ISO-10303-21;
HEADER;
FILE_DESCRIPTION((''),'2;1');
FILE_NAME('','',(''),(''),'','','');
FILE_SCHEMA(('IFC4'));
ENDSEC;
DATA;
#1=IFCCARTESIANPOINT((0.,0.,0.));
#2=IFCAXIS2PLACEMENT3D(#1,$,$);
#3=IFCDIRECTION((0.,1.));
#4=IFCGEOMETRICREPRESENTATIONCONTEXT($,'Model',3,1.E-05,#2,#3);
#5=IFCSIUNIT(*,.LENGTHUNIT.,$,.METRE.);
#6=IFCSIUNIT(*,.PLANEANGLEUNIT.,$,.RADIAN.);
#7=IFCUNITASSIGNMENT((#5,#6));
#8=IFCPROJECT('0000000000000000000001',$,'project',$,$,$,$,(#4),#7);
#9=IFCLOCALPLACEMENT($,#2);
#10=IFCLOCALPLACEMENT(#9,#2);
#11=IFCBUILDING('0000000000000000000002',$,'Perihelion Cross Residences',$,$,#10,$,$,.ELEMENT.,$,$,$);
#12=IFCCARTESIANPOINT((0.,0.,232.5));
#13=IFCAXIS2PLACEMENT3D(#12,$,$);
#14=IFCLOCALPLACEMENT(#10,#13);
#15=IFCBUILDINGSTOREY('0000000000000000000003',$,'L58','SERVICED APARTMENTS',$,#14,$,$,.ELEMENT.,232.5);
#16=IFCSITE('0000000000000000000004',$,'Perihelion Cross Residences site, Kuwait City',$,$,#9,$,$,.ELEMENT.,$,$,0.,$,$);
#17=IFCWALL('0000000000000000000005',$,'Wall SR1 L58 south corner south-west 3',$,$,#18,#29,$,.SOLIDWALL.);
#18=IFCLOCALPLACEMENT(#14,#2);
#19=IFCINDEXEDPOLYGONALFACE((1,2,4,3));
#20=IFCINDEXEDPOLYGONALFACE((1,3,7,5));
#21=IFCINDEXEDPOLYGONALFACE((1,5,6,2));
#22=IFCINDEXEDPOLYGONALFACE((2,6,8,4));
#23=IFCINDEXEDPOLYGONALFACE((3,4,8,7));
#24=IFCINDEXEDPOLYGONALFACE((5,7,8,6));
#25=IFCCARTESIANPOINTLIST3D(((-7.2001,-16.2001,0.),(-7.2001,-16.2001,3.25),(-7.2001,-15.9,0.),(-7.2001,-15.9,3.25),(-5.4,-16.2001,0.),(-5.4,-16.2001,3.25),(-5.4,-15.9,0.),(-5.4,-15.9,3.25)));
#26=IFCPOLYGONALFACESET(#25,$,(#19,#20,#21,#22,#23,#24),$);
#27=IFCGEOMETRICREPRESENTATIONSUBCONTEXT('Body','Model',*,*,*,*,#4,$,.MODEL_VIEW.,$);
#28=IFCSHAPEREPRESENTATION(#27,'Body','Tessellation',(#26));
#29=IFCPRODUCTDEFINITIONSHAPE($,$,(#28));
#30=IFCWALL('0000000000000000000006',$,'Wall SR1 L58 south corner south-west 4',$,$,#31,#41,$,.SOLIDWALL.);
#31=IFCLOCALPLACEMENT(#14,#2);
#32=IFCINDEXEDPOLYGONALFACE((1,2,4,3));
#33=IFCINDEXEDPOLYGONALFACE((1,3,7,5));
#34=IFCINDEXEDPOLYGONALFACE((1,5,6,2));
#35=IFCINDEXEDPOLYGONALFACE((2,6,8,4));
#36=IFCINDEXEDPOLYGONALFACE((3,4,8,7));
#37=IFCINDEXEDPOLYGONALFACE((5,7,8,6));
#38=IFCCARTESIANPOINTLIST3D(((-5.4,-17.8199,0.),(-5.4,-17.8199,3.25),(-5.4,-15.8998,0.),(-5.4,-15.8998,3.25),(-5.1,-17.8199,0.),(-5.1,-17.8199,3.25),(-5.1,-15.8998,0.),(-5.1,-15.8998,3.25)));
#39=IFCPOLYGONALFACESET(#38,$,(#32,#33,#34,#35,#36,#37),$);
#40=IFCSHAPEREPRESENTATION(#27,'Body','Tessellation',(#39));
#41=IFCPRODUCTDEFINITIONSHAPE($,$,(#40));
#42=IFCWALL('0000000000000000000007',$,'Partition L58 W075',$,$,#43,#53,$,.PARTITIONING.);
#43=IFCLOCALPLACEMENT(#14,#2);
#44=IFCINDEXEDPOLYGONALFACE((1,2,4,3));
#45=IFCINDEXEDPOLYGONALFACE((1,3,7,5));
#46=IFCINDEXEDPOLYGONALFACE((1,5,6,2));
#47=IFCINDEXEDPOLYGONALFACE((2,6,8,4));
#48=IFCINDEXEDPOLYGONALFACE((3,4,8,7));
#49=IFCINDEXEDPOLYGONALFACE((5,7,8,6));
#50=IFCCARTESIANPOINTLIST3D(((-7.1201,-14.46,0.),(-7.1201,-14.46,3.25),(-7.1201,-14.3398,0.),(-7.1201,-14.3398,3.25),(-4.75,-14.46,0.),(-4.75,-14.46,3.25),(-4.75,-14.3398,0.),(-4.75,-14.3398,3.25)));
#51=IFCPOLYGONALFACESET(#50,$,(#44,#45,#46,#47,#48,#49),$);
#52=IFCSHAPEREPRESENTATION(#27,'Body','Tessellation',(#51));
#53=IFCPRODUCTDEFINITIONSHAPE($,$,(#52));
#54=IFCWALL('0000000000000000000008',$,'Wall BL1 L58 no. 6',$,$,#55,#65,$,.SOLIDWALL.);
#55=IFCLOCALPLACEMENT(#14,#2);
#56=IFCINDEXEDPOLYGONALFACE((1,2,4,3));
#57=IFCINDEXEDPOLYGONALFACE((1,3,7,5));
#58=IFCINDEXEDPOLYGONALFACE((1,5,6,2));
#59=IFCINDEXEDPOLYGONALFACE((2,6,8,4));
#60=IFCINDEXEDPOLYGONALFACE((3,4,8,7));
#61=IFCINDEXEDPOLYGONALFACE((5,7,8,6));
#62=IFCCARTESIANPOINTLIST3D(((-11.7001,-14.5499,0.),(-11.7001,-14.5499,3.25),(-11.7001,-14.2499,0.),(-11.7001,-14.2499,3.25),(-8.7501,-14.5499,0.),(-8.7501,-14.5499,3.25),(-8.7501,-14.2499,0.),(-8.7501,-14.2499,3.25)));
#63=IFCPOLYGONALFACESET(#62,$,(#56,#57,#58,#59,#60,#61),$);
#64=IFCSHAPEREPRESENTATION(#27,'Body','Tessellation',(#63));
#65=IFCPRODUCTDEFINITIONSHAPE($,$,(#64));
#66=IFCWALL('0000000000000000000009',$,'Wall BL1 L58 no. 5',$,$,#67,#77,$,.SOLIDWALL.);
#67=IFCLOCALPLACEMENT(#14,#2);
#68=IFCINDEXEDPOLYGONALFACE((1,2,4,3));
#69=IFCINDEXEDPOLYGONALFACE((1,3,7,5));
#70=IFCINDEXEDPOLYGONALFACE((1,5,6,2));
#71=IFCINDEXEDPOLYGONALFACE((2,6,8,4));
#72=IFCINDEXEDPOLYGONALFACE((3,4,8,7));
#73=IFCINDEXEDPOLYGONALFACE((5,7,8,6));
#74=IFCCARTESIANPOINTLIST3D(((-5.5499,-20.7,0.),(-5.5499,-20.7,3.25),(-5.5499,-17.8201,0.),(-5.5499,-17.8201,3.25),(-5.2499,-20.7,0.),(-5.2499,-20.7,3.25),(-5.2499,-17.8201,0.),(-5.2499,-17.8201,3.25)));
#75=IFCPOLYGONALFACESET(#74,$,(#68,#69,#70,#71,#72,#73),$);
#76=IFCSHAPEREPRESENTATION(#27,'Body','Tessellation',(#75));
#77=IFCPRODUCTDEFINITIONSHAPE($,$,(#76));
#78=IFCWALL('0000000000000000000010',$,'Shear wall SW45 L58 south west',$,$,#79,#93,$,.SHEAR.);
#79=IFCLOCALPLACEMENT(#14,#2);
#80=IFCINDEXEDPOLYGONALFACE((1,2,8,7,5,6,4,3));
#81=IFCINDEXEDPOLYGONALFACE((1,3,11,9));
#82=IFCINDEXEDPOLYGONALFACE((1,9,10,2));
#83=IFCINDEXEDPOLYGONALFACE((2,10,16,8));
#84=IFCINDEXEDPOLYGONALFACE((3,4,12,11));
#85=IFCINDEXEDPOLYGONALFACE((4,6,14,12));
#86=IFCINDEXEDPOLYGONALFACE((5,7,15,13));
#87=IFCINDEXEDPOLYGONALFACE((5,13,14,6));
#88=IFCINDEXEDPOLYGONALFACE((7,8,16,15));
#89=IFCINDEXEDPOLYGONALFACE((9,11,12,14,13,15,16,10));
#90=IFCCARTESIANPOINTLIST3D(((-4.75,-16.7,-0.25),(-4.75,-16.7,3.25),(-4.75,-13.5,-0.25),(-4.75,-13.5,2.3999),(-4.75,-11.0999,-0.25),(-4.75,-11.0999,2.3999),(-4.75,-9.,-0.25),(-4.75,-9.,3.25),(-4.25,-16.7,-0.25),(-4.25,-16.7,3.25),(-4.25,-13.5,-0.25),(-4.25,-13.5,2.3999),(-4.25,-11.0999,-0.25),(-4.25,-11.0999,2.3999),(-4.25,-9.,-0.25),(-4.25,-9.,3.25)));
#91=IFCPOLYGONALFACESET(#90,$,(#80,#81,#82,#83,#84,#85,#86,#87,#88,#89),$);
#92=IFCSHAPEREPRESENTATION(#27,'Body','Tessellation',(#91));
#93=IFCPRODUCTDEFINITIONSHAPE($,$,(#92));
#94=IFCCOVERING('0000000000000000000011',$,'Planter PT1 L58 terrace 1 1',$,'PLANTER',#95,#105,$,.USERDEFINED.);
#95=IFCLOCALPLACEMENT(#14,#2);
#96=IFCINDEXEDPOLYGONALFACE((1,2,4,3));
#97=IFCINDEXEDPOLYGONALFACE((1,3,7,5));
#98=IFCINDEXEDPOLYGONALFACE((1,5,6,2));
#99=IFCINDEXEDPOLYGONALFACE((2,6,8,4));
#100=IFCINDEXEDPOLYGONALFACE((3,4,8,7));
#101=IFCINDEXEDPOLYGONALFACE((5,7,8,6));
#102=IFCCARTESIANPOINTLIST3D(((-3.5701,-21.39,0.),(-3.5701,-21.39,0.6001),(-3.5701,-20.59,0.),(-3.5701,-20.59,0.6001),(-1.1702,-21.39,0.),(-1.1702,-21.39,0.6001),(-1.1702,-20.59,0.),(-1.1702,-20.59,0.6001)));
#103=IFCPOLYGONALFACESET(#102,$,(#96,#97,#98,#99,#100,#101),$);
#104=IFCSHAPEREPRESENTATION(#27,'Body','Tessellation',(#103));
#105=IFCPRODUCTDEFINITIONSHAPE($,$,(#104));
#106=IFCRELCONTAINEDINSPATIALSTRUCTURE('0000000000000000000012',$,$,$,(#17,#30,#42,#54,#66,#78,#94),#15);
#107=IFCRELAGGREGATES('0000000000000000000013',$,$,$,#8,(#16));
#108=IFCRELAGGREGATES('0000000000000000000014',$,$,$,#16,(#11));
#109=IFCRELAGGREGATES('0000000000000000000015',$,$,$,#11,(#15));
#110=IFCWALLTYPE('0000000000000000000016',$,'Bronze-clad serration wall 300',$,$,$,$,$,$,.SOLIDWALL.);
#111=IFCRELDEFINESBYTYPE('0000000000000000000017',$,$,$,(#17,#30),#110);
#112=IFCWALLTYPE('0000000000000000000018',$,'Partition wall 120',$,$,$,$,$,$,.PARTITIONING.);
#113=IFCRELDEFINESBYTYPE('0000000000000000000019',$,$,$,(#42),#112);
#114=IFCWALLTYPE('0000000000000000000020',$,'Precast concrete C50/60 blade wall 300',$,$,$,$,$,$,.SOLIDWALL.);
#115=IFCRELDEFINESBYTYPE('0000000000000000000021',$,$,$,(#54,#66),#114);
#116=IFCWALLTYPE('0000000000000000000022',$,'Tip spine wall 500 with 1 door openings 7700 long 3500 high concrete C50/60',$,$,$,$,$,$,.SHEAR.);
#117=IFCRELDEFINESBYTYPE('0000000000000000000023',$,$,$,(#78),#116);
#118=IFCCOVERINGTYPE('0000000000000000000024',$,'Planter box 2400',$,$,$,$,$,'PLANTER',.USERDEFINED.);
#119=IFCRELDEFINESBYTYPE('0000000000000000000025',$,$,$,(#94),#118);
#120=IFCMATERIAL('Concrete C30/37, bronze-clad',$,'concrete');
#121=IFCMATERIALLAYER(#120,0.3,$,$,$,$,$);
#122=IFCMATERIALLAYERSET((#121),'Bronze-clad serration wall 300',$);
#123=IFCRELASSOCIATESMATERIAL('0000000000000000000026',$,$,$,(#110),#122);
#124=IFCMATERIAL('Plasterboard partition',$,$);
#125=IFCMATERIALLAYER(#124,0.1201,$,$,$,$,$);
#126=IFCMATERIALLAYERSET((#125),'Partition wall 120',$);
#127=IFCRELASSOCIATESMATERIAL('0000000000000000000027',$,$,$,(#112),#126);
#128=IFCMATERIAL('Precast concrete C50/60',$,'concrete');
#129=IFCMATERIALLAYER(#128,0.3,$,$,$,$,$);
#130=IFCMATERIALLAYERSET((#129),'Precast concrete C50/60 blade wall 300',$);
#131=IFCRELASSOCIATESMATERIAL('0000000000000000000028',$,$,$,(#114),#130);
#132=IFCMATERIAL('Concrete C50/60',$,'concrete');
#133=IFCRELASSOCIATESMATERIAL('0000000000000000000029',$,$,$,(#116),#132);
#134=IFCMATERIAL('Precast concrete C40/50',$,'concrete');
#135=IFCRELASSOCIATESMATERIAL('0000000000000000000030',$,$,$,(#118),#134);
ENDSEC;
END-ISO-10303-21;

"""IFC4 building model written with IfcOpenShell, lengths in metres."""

from ifc_helpers import new_model, si_unit, direction, frame, frame_2d, origin, origin_2d, place, context, subcontext, project, spatial, polyline, rectangle, outline, extrude, material, layer, layer_set, material_profile, profile_set, type_object, element, save


model = new_model("IFC4")

# Units and contexts
model_context = context("Model", 3, precision=1e-05, world=origin(), true_north=direction((0.0, 1.0)))
body_context = subcontext(model_context, "Body", "Model", "MODEL_VIEW")
ifc_project = project(units=[si_unit("LENGTHUNIT", "METRE"), si_unit("PLANEANGLEUNIT", "RADIAN")], contexts=[model_context])

# Site, building, storey
site_placement = place(None, origin())
site = spatial("IfcSite", under=ifc_project, at=site_placement, Name="Perihelion Cross Residences site, Kuwait City", CompositionType="ELEMENT", RefElevation=0.0)
building_placement = place(site_placement, origin())
building = spatial("IfcBuilding", under=site, at=building_placement, Name="Perihelion Cross Residences", CompositionType="ELEMENT")
storey_placement = place(building_placement, frame((0.0, 0.0, 232.5)))
storey = spatial("IfcBuildingStorey", under=building, at=storey_placement, Name="L58", Description="SERVICED APARTMENTS", CompositionType="ELEMENT", Elevation=232.5)

# Walls
ifc_material_1 = material(Name="Concrete C30/37, bronze-clad", Category="concrete")
ifc_layer_1 = layer(ifc_material_1, 0.3)
ifc_layer_set_1 = layer_set([ifc_layer_1], Name="Bronze-clad serration wall 300")
wall_type_1 = type_object("IfcWallType", Name="Bronze-clad serration wall 300", PredefinedType="SOLIDWALL", material=ifc_layer_set_1)
wall_1_placement = place(storey_placement, frame((-7.2, -16.05, 0.0), z_axis=(0.0, 0.0, 1.0), x_axis=(1.0, 0.0, 0.0)))
element("IfcWall", 1, at=wall_1_placement, inside=storey, type_object=wall_type_1, Name="Wall SR1 L58 south corner south-west 3", PredefinedType="SOLIDWALL", context=body_context, shape_type="SweptSolid", body=[
    extrude(rectangle(XDim=1.8, YDim=0.3, at=frame_2d((0.8999, 0.0))), origin(), (0.0, 0.0, 1.0), 3.25),
])
wall_2_placement = place(storey_placement, frame((-5.25, -15.8999, 0.0), z_axis=(0.0, 0.0, 1.0), x_axis=(0.0, -1.0, 0.0)))
element("IfcWall", 2, at=wall_2_placement, inside=storey, type_object=wall_type_1, Name="Wall SR1 L58 south corner south-west 4", PredefinedType="SOLIDWALL", context=body_context, shape_type="SweptSolid", body=[
    extrude(rectangle(XDim=1.9202, YDim=0.3, at=frame_2d((0.96, 0.0))), origin(), (0.0, 0.0, 1.0), 3.25),
])
ifc_material_2 = material(Name="Plasterboard partition")
ifc_layer_2 = layer(ifc_material_2, 0.1201)
ifc_layer_set_2 = layer_set([ifc_layer_2], Name="Partition wall 120")
wall_type_2 = type_object("IfcWallType", Name="Partition wall 120", PredefinedType="PARTITIONING", material=ifc_layer_set_2)
wall_3_placement = place(storey_placement, frame((-4.75, -14.3999, 0.0), z_axis=(0.0, 0.0, 1.0), x_axis=(-1.0, 0.0, 0.0)))
element("IfcWall", 3, at=wall_3_placement, inside=storey, type_object=wall_type_2, Name="Partition L58 W075", PredefinedType="PARTITIONING", context=body_context, shape_type="SweptSolid", body=[
    extrude(rectangle(XDim=2.3701, YDim=0.1201, at=frame_2d((1.1851, 0.0))), origin(), (0.0, 0.0, 1.0), 3.25),
])
ifc_material_3 = material(Name="Precast concrete C50/60", Category="concrete")
ifc_layer_3 = layer(ifc_material_3, 0.3)
ifc_layer_set_3 = layer_set([ifc_layer_3], Name="Precast concrete C50/60 blade wall 300")
wall_type_3 = type_object("IfcWallType", Name="Precast concrete C50/60 blade wall 300", PredefinedType="SOLIDWALL", material=ifc_layer_set_3)
wall_4_placement = place(storey_placement, frame((-8.75, -14.3999, 0.0), z_axis=(0.0, 0.0, 1.0), x_axis=(-1.0, 0.0, 0.0)))
element("IfcWall", 4, at=wall_4_placement, inside=storey, type_object=wall_type_3, Name="Wall BL1 L58 no. 6", PredefinedType="SOLIDWALL", context=body_context, shape_type="SweptSolid", body=[
    extrude(rectangle(XDim=2.95, YDim=0.3, at=frame_2d((1.4751, 0.0))), origin(), (0.0, 0.0, 1.0), 3.25),
])
wall_5_placement = place(storey_placement, frame((-5.3999, -17.8201, 0.0), z_axis=(0.0, 0.0, 1.0), x_axis=(0.0, -1.0, 0.0)))
element("IfcWall", 5, at=wall_5_placement, inside=storey, type_object=wall_type_3, Name="Wall BL1 L58 no. 5", PredefinedType="SOLIDWALL", context=body_context, shape_type="SweptSolid", body=[
    extrude(rectangle(XDim=2.8799, YDim=0.3, at=frame_2d((1.4399, 0.0))), origin(), (0.0, 0.0, 1.0), 3.25),
])
ifc_material_4 = material(Name="Concrete C50/60", Category="concrete")
ifc_material_profile_1 = material_profile(ifc_material_4, outline(polyline([(0.0, 0.0), (3.2, 0.0), (3.2, 2.6499), (5.6001, 2.6499), (5.6001, 0.0), (7.7, 0.0), (7.7, 3.5), (0.0, 3.5), (0.0, 0.0)])), Name="Tip spine wall")
ifc_profile_set_1 = profile_set([ifc_material_profile_1], Name="Concrete C50/60")
wall_type_4 = type_object("IfcWallType", Name="Tip spine wall 500 with 1 door openings 7700 long 3500 high concrete C50/60", PredefinedType="SHEAR", material=ifc_profile_set_1)
wall_6_placement = place(storey_placement, frame((-4.75, -16.7, -0.25), z_axis=(1.0, 0.0, 0.0), x_axis=(0.0, 1.0, 0.0)))
element("IfcWall", 6, at=wall_6_placement, inside=storey, type_object=wall_type_4, Name="Shear wall SW45 L58 south west", PredefinedType="SHEAR", context=body_context, shape_type="SweptSolid", body=[
    extrude(outline(polyline([(0.0, 0.0), (3.2, 0.0), (3.2, 2.6499), (5.6001, 2.6499), (5.6001, 0.0), (7.7, 0.0), (7.7, 3.5), (0.0, 3.5), (0.0, 0.0)])), origin(), (0.0, 0.0, 1.0), 0.5),
])

# Covering
ifc_material_5 = material(Name="Precast concrete C40/50", Category="concrete")
covering_type = type_object("IfcCoveringType", Name="Planter box 2400", ElementType="PLANTER", PredefinedType="USERDEFINED", material=ifc_material_5)
covering_placement = place(storey_placement, frame((-2.3701, -20.99, 0.0), z_axis=(0.0, 0.0, 1.0), x_axis=(-1.0, 0.0, 0.0)))
element("IfcCovering", 7, at=covering_placement, inside=storey, type_object=covering_type, Name="Planter PT1 L58 terrace 1 1", ObjectType="PLANTER", PredefinedType="USERDEFINED", context=body_context, shape_type="SweptSolid", body=[
    extrude(rectangle(XDim=2.3999, YDim=0.8, at=origin_2d()), origin(), (0.0, 0.0, 1.0), 0.6001),
])

save(model, "model.ifc")
